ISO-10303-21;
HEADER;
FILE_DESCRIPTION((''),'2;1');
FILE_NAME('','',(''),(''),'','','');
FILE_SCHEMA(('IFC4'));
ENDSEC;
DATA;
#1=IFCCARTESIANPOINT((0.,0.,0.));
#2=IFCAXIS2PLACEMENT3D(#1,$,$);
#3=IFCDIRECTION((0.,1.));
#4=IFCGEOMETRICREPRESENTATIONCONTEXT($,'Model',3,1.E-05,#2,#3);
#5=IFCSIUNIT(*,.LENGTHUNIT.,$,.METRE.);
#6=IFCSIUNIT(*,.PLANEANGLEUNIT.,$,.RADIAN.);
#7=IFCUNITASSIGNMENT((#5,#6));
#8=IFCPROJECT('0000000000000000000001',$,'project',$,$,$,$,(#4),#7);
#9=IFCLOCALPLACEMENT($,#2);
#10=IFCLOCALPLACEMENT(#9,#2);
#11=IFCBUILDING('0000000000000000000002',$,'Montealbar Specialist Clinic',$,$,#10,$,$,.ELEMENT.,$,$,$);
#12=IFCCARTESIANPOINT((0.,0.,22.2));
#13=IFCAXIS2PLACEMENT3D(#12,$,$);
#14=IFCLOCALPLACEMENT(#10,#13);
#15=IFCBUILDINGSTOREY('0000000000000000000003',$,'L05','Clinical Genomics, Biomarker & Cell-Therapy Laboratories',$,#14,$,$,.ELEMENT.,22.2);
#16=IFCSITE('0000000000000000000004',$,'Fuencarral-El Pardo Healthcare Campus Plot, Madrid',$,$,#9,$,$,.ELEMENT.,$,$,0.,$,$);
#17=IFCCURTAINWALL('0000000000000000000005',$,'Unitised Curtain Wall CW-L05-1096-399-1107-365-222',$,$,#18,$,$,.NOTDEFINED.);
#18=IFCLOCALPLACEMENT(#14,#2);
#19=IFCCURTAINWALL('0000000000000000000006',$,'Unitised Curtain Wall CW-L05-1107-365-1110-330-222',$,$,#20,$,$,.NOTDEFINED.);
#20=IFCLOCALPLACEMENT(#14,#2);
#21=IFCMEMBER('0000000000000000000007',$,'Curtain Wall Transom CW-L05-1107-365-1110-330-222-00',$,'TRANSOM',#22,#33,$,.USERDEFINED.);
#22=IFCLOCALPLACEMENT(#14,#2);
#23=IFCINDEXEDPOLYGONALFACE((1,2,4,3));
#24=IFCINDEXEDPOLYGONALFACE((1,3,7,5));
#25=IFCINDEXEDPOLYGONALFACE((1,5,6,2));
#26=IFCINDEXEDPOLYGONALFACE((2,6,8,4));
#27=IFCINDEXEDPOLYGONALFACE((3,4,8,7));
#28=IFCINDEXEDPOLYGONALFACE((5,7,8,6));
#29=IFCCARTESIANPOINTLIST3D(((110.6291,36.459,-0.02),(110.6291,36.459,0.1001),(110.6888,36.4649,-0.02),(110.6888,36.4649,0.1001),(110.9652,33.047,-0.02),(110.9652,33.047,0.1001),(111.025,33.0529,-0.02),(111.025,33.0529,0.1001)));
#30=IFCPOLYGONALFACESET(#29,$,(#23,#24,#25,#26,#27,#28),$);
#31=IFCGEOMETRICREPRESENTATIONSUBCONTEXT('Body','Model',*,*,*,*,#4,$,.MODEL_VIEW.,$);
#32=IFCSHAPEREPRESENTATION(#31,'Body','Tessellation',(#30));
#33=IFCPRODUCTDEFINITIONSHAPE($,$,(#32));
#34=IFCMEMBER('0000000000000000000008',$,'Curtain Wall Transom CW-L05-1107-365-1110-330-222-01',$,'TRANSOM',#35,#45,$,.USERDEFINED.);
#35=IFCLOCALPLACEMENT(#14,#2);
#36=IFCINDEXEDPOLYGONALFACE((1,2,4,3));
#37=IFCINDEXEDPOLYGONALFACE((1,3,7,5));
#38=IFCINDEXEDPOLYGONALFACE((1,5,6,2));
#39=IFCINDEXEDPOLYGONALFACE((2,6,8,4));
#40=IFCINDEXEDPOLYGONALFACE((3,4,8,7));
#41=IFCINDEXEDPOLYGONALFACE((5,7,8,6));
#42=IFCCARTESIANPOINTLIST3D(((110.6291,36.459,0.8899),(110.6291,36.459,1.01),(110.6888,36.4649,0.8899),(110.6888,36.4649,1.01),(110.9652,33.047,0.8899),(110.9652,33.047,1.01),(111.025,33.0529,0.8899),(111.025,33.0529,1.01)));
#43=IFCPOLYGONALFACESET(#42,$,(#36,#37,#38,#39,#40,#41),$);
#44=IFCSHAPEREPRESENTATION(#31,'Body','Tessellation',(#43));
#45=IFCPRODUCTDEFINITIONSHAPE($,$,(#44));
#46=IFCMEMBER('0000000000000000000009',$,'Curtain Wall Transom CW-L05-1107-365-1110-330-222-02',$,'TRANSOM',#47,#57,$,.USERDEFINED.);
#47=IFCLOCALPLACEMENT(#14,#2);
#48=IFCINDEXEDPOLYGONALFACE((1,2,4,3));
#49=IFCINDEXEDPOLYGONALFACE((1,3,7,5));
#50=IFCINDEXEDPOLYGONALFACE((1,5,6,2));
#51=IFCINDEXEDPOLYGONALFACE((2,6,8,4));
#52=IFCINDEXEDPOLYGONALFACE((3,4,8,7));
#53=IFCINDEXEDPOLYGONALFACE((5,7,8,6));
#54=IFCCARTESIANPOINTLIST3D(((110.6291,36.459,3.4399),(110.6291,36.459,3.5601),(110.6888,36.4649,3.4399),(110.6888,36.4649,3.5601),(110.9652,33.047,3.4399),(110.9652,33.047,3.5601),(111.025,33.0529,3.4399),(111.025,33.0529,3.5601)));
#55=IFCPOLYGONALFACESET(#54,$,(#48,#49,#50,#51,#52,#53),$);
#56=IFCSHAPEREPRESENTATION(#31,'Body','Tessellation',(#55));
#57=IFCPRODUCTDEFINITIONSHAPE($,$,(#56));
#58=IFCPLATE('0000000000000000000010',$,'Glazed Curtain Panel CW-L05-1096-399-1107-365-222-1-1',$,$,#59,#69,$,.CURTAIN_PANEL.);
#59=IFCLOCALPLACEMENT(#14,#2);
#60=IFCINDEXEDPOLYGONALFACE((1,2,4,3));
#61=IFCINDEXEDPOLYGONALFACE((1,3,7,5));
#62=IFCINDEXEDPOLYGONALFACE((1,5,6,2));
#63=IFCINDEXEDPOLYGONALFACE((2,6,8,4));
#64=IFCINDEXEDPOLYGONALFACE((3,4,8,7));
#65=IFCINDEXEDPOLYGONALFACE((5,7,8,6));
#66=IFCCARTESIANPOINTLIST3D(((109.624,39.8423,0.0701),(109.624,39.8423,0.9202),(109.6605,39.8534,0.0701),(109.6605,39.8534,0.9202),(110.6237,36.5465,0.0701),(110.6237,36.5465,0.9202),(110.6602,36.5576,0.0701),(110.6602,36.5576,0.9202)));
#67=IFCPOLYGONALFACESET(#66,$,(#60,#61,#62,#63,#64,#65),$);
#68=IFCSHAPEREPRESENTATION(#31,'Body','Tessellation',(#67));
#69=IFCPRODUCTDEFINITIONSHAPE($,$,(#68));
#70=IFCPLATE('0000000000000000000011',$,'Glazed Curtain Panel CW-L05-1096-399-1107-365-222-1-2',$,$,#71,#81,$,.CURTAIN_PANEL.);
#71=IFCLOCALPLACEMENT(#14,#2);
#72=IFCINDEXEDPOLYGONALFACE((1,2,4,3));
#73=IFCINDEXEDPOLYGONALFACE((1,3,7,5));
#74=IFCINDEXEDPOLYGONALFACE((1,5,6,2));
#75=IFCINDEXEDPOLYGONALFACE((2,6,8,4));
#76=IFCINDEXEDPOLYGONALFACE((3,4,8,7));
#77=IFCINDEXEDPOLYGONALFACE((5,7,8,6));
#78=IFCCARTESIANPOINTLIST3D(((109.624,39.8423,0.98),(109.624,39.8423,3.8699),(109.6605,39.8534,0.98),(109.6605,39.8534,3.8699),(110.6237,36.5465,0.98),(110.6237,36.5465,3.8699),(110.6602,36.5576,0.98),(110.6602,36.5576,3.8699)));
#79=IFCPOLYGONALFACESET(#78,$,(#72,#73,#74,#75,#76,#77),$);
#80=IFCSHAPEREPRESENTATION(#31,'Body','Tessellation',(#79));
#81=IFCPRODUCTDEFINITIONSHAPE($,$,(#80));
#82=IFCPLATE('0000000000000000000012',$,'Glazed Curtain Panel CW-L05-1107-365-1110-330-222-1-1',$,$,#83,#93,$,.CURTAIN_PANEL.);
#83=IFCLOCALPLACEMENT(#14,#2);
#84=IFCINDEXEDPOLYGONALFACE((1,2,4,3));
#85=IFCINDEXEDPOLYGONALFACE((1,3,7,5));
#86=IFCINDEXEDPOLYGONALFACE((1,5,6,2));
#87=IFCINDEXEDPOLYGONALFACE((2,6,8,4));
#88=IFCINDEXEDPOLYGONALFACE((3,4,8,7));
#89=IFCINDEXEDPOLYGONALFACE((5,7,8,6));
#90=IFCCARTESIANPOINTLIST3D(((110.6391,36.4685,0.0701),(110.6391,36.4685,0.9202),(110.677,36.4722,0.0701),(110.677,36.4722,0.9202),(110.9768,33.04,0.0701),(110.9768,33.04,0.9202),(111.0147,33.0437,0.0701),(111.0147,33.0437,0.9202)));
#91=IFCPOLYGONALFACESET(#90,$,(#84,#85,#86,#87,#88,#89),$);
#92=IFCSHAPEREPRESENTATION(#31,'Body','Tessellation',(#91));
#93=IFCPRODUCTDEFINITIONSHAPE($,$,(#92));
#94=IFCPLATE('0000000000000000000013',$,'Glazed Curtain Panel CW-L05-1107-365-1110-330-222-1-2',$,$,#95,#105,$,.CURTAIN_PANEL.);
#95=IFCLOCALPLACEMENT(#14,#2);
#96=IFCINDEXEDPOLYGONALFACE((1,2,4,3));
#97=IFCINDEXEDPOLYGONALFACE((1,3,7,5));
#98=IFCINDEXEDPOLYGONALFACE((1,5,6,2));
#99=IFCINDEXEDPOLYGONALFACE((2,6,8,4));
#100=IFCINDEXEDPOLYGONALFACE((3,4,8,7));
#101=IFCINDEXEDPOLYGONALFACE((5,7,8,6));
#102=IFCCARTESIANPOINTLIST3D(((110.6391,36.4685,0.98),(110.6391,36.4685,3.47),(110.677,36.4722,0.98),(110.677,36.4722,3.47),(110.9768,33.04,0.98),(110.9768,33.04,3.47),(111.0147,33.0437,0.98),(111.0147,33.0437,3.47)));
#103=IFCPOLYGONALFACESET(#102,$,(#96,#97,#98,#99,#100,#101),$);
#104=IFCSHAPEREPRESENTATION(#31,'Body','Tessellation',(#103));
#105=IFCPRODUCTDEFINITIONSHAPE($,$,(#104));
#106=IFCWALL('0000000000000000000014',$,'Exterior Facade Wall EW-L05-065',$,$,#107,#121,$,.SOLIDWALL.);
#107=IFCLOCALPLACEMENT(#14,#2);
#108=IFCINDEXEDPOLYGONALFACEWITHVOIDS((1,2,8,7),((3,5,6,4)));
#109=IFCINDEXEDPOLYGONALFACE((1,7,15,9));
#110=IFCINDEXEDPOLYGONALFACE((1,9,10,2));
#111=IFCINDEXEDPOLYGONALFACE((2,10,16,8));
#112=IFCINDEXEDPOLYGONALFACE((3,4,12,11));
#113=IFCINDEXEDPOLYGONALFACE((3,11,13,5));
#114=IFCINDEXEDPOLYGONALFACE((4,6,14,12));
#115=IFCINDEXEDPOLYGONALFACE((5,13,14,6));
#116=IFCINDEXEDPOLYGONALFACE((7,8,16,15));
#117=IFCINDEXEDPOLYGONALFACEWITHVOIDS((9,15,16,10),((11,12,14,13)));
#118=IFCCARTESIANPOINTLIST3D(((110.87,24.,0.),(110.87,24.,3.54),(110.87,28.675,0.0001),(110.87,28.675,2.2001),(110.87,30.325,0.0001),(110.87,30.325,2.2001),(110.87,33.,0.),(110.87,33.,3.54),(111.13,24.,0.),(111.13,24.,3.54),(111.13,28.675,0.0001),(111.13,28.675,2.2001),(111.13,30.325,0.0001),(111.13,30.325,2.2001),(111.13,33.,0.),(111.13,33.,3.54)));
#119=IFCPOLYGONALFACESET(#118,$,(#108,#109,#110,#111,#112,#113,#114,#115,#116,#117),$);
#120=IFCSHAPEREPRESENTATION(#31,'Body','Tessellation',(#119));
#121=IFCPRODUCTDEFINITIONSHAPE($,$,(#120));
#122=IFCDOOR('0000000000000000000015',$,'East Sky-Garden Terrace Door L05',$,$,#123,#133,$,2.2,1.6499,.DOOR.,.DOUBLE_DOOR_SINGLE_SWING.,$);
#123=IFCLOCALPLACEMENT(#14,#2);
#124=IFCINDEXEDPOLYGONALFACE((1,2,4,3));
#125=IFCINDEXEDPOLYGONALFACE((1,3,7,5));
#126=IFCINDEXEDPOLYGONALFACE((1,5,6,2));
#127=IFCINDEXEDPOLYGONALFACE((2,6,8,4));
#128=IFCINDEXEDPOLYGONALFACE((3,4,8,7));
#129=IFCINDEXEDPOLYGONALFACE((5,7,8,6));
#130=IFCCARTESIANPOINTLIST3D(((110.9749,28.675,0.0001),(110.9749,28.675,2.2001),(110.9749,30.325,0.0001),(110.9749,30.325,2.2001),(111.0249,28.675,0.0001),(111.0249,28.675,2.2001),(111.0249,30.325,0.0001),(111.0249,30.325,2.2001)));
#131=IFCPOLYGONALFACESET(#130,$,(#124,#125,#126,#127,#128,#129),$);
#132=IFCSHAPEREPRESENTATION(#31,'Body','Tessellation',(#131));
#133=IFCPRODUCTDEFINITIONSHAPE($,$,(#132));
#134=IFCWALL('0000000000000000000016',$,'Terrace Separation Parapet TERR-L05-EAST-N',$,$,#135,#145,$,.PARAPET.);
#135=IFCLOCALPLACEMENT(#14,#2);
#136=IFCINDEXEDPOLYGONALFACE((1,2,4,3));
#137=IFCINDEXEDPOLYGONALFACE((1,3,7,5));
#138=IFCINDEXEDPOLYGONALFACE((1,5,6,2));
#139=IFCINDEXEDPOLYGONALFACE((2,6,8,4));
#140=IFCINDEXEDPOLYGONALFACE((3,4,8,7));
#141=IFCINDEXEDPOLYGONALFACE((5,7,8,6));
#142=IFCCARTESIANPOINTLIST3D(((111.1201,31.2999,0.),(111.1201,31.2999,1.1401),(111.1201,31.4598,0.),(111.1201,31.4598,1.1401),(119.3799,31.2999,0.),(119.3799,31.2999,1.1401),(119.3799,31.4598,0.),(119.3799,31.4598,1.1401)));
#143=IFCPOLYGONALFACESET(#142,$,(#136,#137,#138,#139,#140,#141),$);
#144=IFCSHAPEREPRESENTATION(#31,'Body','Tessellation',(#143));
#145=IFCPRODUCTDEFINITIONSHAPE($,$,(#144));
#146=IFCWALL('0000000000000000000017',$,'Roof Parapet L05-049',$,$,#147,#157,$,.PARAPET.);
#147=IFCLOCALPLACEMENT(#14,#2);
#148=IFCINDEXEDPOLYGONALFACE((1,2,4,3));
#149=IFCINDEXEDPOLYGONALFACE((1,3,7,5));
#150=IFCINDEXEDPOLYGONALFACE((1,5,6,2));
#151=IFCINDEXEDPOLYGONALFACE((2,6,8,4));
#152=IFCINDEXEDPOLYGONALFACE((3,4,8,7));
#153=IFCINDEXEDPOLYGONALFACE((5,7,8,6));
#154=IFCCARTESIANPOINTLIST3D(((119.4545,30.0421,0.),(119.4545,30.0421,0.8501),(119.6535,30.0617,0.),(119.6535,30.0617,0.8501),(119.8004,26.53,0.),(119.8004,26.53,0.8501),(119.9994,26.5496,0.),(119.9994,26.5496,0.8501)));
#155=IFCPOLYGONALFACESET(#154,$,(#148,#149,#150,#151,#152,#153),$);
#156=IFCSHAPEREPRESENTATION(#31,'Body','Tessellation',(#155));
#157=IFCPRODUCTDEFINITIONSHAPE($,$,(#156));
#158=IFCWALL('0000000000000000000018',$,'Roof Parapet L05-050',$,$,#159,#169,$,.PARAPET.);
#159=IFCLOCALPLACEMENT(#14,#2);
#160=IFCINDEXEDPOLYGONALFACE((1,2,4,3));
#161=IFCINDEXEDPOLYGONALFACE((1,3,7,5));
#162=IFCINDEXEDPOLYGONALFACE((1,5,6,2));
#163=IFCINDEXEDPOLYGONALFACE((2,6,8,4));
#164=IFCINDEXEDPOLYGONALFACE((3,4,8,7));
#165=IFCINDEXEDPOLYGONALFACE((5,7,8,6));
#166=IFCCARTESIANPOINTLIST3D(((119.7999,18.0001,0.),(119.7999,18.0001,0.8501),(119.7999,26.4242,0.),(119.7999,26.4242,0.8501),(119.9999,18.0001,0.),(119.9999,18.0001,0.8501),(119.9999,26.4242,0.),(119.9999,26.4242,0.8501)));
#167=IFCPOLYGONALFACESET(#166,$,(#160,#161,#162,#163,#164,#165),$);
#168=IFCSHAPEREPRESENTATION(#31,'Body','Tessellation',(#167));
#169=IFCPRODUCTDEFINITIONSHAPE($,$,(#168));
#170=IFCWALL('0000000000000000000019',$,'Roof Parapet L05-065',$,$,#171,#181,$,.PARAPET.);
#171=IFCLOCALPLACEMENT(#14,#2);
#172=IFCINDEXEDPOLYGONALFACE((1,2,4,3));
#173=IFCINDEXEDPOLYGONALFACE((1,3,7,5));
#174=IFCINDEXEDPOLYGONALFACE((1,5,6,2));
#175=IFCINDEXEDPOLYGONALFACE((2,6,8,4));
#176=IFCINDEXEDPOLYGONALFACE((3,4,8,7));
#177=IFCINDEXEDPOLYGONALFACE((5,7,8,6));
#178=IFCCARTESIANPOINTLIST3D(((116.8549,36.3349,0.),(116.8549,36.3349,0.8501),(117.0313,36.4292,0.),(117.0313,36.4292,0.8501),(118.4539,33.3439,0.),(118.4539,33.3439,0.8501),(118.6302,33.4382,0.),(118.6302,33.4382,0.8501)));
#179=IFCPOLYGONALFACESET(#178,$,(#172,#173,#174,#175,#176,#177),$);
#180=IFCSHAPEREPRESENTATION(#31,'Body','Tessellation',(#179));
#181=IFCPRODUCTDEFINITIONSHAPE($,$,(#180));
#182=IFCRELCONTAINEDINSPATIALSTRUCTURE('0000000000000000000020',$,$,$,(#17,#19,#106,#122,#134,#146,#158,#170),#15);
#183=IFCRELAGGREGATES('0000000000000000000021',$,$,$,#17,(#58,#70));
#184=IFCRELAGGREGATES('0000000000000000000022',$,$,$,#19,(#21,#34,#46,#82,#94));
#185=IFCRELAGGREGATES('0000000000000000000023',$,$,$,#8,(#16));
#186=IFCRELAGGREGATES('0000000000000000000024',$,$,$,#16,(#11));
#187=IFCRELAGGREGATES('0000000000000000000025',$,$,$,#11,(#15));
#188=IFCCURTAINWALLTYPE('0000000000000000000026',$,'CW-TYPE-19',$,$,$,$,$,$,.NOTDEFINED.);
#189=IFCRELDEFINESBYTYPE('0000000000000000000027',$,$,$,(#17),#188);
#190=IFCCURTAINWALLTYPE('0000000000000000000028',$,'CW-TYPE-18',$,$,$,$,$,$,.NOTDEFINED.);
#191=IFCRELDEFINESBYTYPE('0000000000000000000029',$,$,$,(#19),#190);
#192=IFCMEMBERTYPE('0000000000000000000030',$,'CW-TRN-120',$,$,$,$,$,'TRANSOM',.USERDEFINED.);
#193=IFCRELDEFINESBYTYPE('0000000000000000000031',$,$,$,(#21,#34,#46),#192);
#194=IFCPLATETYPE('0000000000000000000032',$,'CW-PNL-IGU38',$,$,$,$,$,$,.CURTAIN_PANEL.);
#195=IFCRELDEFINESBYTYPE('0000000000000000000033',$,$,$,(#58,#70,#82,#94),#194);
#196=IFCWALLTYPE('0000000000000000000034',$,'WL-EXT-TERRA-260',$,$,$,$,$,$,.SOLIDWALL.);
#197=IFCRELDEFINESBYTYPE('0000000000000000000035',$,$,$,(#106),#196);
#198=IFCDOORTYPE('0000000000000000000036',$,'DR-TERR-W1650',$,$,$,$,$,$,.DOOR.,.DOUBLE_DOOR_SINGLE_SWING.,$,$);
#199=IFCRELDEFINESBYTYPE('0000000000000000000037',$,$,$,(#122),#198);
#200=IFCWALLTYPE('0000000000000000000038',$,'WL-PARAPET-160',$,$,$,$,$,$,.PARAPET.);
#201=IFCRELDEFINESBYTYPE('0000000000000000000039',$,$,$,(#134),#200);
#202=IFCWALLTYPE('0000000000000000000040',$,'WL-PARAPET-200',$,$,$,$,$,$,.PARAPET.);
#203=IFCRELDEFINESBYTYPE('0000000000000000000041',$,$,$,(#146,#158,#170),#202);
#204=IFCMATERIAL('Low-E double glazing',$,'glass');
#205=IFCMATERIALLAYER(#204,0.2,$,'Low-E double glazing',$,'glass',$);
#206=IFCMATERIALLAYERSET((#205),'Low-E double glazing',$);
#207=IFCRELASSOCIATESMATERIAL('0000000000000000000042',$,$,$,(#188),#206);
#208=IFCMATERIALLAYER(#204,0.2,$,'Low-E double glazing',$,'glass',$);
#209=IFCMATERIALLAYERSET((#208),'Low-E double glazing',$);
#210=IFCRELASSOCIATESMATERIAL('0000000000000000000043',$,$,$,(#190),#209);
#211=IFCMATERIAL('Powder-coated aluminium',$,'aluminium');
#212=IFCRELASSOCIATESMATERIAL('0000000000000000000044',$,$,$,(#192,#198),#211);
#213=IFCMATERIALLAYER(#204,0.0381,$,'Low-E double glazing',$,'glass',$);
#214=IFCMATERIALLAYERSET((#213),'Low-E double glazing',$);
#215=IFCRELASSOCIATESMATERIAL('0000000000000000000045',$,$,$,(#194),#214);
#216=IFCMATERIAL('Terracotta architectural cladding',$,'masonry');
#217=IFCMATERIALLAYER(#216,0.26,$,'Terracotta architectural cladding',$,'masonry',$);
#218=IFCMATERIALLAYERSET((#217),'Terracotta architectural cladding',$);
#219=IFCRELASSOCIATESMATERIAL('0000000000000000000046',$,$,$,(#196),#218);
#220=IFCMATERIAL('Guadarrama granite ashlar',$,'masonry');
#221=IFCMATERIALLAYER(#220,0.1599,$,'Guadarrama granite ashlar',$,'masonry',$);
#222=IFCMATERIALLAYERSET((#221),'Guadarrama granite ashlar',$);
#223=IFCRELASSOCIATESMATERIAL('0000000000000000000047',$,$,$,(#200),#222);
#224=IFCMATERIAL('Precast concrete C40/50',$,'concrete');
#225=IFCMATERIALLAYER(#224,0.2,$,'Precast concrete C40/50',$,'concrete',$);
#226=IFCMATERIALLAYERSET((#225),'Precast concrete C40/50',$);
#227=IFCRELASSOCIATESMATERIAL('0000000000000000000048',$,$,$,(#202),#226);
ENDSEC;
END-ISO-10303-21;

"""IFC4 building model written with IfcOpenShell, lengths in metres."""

from ifc_helpers import new_model, si_unit, direction, frame, frame_2d, origin, origin_2d, place, context, subcontext, project, spatial, rectangle, extrude, material, layer, layer_set, material_profile, profile_set, type_object, element, fill, aggregate, save


model = new_model("IFC4")

# Units and contexts
model_context = context("Model", 3, precision=1e-05, world=origin(), true_north=direction((0.0, 1.0)))
body_context = subcontext(model_context, "Body", "Model", "MODEL_VIEW")
ifc_project = project(units=[si_unit("LENGTHUNIT", "METRE"), si_unit("PLANEANGLEUNIT", "RADIAN")], contexts=[model_context])

# Site, building, storey
site_placement = place(None, origin())
site = spatial("IfcSite", under=ifc_project, at=site_placement, Name="Fuencarral-El Pardo Healthcare Campus Plot, Madrid", CompositionType="ELEMENT", RefElevation=0.0)
building_placement = place(site_placement, origin())
building = spatial("IfcBuilding", under=site, at=building_placement, Name="Montealbar Specialist Clinic", CompositionType="ELEMENT")
storey_placement = place(building_placement, frame((0.0, 0.0, 22.2)))
storey = spatial("IfcBuildingStorey", under=building, at=storey_placement, Name="L05", Description="Clinical Genomics, Biomarker & Cell-Therapy Laboratories", CompositionType="ELEMENT", Elevation=22.2)

# Curtain wall
ifc_material_1 = material(Name="Low-E double glazing", Category="glass")
ifc_layer_1 = layer(ifc_material_1, 0.2, Name="Low-E double glazing", Category="glass")
ifc_layer_set_1 = layer_set([ifc_layer_1], Name="Low-E double glazing")
curtain_wall_type_1 = type_object("IfcCurtainWallType", Name="CW-TYPE-19", PredefinedType="NOTDEFINED", material=ifc_layer_set_1)
curtain_wall_1_placement = place(storey_placement, origin())
curtain_wall_1 = element("IfcCurtainWall", 1, at=curtain_wall_1_placement, inside=storey, type_object=curtain_wall_type_1, Name="Unitised Curtain Wall CW-L05-1096-399-1107-365-222", PredefinedType="NOTDEFINED")

# Curtain wall, members
ifc_layer_2 = layer(ifc_material_1, 0.2, Name="Low-E double glazing", Category="glass")
ifc_layer_set_2 = layer_set([ifc_layer_2], Name="Low-E double glazing")
curtain_wall_type_2 = type_object("IfcCurtainWallType", Name="CW-TYPE-18", PredefinedType="NOTDEFINED", material=ifc_layer_set_2)
curtain_wall_2_placement = place(storey_placement, origin())
curtain_wall_2 = element("IfcCurtainWall", 2, at=curtain_wall_2_placement, inside=storey, type_object=curtain_wall_type_2, Name="Unitised Curtain Wall CW-L05-1107-365-1110-330-222", PredefinedType="NOTDEFINED")
ifc_material_2 = material(Name="Powder-coated aluminium", Category="aluminium")
ifc_material_profile_1 = material_profile(ifc_material_2, rectangle(XDim=0.0601, YDim=0.1201, at=origin_2d()), Name="ALU 60x120", Category="aluminium")
ifc_profile_set_1 = profile_set([ifc_material_profile_1], Name="Powder-coated aluminium")
member_type_1 = type_object("IfcMemberType", Name="CW-TRN-120", ElementType="TRANSOM", PredefinedType="USERDEFINED", material=ifc_profile_set_1)
member_1_placement = place(storey_placement, frame((110.6589, 36.4619, 0.04), z_axis=(0.098058, -0.995181, 0.0), x_axis=(0.995181, 0.098058, 0.0)))
member_1 = element("IfcMember", 3, at=member_1_placement, type_object=member_type_1, Name="Curtain Wall Transom CW-L05-1107-365-1110-330-222-00", ObjectType="TRANSOM", PredefinedType="USERDEFINED", context=body_context, shape_type="SweptSolid", body=[
    extrude(rectangle(XDim=0.0601, YDim=0.1201, at=origin_2d()), origin(), (0.0, 0.0, 1.0), 3.4285),
])
member_2_placement = place(storey_placement, frame((110.6589, 36.4619, 0.95), z_axis=(0.098058, -0.995181, 0.0), x_axis=(0.995181, 0.098058, 0.0)))
member_2 = element("IfcMember", 4, at=member_2_placement, type_object=member_type_1, Name="Curtain Wall Transom CW-L05-1107-365-1110-330-222-01", ObjectType="TRANSOM", PredefinedType="USERDEFINED", context=body_context, shape_type="SweptSolid", body=[
    extrude(rectangle(XDim=0.0601, YDim=0.1201, at=origin_2d()), origin(), (0.0, 0.0, 1.0), 3.4285),
])
member_3_placement = place(storey_placement, frame((110.6589, 36.4619, 3.5), z_axis=(0.098058, -0.995181, 0.0), x_axis=(0.995181, 0.098058, 0.0)))
member_3 = element("IfcMember", 5, at=member_3_placement, type_object=member_type_1, Name="Curtain Wall Transom CW-L05-1107-365-1110-330-222-02", ObjectType="TRANSOM", PredefinedType="USERDEFINED", context=body_context, shape_type="SweptSolid", body=[
    extrude(rectangle(XDim=0.0601, YDim=0.1201, at=origin_2d()), origin(), (0.0, 0.0, 1.0), 3.4285),
])

# Plates
ifc_layer_3 = layer(ifc_material_1, 0.0381, Name="Low-E double glazing", Category="glass")
ifc_layer_set_3 = layer_set([ifc_layer_3], Name="Low-E double glazing")
plate_type = type_object("IfcPlateType", Name="CW-PNL-IGU38", PredefinedType="CURTAIN_PANEL", material=ifc_layer_set_3)
plate_1_placement = place(storey_placement, frame((110.1421, 38.2, 0.0701), z_axis=(0.0, 0.0, 1.0), x_axis=(0.290259, -0.956948, 0.0)))
plate_1 = element("IfcPlate", 6, at=plate_1_placement, type_object=plate_type, Name="Glazed Curtain Panel CW-L05-1096-399-1107-365-222-1-1", PredefinedType="CURTAIN_PANEL", context=body_context, shape_type="SweptSolid", body=[
    extrude(rectangle(XDim=3.4441, YDim=0.0381, at=origin_2d()), origin(), (0.0, 0.0, 1.0), 0.8501),
])
plate_2_placement = place(storey_placement, frame((110.1421, 38.2, 0.98), z_axis=(0.0, 0.0, 1.0), x_axis=(0.290259, -0.956948, 0.0)))
plate_2 = element("IfcPlate", 7, at=plate_2_placement, type_object=plate_type, Name="Glazed Curtain Panel CW-L05-1096-399-1107-365-222-1-2", PredefinedType="CURTAIN_PANEL", context=body_context, shape_type="SweptSolid", body=[
    extrude(rectangle(XDim=3.4441, YDim=0.0381, at=origin_2d()), origin(), (0.0, 0.0, 1.0), 2.8899),
])
aggregate(curtain_wall_1, [plate_1, plate_2])
plate_3_placement = place(storey_placement, frame((110.8269, 34.7561, 0.0701), z_axis=(0.0, 0.0, 1.0), x_axis=(0.098045, -0.995182, 0.0)))
plate_3 = element("IfcPlate", 8, at=plate_3_placement, type_object=plate_type, Name="Glazed Curtain Panel CW-L05-1107-365-1110-330-222-1-1", PredefinedType="CURTAIN_PANEL", context=body_context, shape_type="SweptSolid", body=[
    extrude(rectangle(XDim=3.4451, YDim=0.0381, at=origin_2d()), origin(), (0.0, 0.0, 1.0), 0.8501),
])
plate_4_placement = place(storey_placement, frame((110.8269, 34.7561, 0.98), z_axis=(0.0, 0.0, 1.0), x_axis=(0.098045, -0.995182, 0.0)))
plate_4 = element("IfcPlate", 9, at=plate_4_placement, type_object=plate_type, Name="Glazed Curtain Panel CW-L05-1107-365-1110-330-222-1-2", PredefinedType="CURTAIN_PANEL", context=body_context, shape_type="SweptSolid", body=[
    extrude(rectangle(XDim=3.4451, YDim=0.0381, at=origin_2d()), origin(), (0.0, 0.0, 1.0), 2.49),
])
aggregate(curtain_wall_2, [member_1, member_2, member_3, plate_3, plate_4])

# Wall, opening, door
ifc_material_3 = material(Name="Terracotta architectural cladding", Category="masonry")
ifc_layer_4 = layer(ifc_material_3, 0.26, Name="Terracotta architectural cladding", Category="masonry")
ifc_layer_set_4 = layer_set([ifc_layer_4], Name="Terracotta architectural cladding")
wall_type_1 = type_object("IfcWallType", Name="WL-EXT-TERRA-260", PredefinedType="SOLIDWALL", material=ifc_layer_set_4)
wall_1_placement = place(storey_placement, frame((111.0, 33.0, 0.0), z_axis=(0.0, 0.0, 1.0), x_axis=(0.0, -1.0, 0.0)))
wall_1 = element("IfcWall", 10, at=wall_1_placement, inside=storey, type_object=wall_type_1, Name="Exterior Facade Wall EW-L05-065", PredefinedType="SOLIDWALL", context=body_context, shape_type="SweptSolid", body=[
    extrude(rectangle(XDim=9.0, YDim=0.26, at=frame_2d((4.5, 0.0))), origin(), (0.0, 0.0, 1.0), 3.54),
])
opening_placement = place(wall_1_placement, frame((2.675, 0.0, 0.0)))
opening = element("IfcOpeningElement", 11, at=opening_placement, cuts=wall_1, PredefinedType="OPENING", context=body_context, shape_type="SweptSolid", body=[
    extrude(rectangle(XDim=1.6499, YDim=2.2, at=frame_2d((0.825, 1.1001))), frame((0.0, 0.1399, 0.0), z_axis=(0.0, -1.0, 0.0), x_axis=(1.0, 0.0, 0.0)), (0.0, 0.0, 1.0), 0.28),
])
door_type = type_object("IfcDoorType", Name="DR-TERR-W1650", OperationType="DOUBLE_DOOR_SINGLE_SWING", PredefinedType="DOOR", material=ifc_material_2)
door_placement = place(opening_placement, origin())
door = element("IfcDoor", 12, at=door_placement, inside=storey, type_object=door_type, Name="East Sky-Garden Terrace Door L05", OperationType="DOUBLE_DOOR_SINGLE_SWING", OverallHeight=2.2, OverallWidth=1.6499, PredefinedType="DOOR", context=body_context, shape_type="SweptSolid", body=[
    extrude(rectangle(XDim=1.6499, YDim=2.2, at=frame_2d((0.825, 1.1001))), frame((0.0, 0.0249, 0.0), z_axis=(0.0, -1.0, 0.0), x_axis=(1.0, 0.0, 0.0)), (0.0, 0.0, 1.0), 0.05),
])
fill(opening, door)

# Walls
ifc_material_4 = material(Name="Guadarrama granite ashlar", Category="masonry")
ifc_layer_5 = layer(ifc_material_4, 0.1599, Name="Guadarrama granite ashlar", Category="masonry")
ifc_layer_set_5 = layer_set([ifc_layer_5], Name="Guadarrama granite ashlar")
wall_type_2 = type_object("IfcWallType", Name="WL-PARAPET-160", PredefinedType="PARAPET", material=ifc_layer_set_5)
wall_2_placement = place(storey_placement, frame((111.1201, 31.3799, 0.0), z_axis=(0.0, 0.0, 1.0), x_axis=(1.0, 0.0, 0.0)))
element("IfcWall", 13, at=wall_2_placement, inside=storey, type_object=wall_type_2, Name="Terrace Separation Parapet TERR-L05-EAST-N", PredefinedType="PARAPET", context=body_context, shape_type="SweptSolid", body=[
    extrude(rectangle(XDim=8.2598, YDim=0.1599, at=frame_2d((4.1299, 0.0))), origin(), (0.0, 0.0, 1.0), 1.1401),
])
ifc_material_5 = material(Name="Precast concrete C40/50", Category="concrete")
ifc_layer_6 = layer(ifc_material_5, 0.2, Name="Precast concrete C40/50", Category="concrete")
ifc_layer_set_6 = layer_set([ifc_layer_6], Name="Precast concrete C40/50")
wall_type_3 = type_object("IfcWallType", Name="WL-PARAPET-200", PredefinedType="PARAPET", material=ifc_layer_set_6)
wall_3_placement = place(storey_placement, frame((119.554, 30.052, 0.0), z_axis=(0.0, 0.0, 1.0), x_axis=(0.098031, -0.995183, 0.0)))
element("IfcWall", 14, at=wall_3_placement, inside=storey, type_object=wall_type_3, Name="Roof Parapet L05-049", PredefinedType="PARAPET", context=body_context, shape_type="SweptSolid", body=[
    extrude(rectangle(XDim=3.5291, YDim=0.2, at=frame_2d((1.7646, 0.0))), origin(), (0.0, 0.0, 1.0), 0.8501),
])
wall_4_placement = place(storey_placement, frame((119.8999, 26.4241, 0.0), z_axis=(0.0, 0.0, 1.0), x_axis=(0.0, -1.0, 0.0)))
element("IfcWall", 15, at=wall_4_placement, inside=storey, type_object=wall_type_3, Name="Roof Parapet L05-050", PredefinedType="PARAPET", context=body_context, shape_type="SweptSolid", body=[
    extrude(rectangle(XDim=8.4241, YDim=0.2, at=frame_2d((4.2119, 0.0))), origin(), (0.0, 0.0, 1.0), 0.8501),
])
wall_5_placement = place(storey_placement, frame((116.9431, 36.3821, 0.0), z_axis=(0.0, 0.0, 1.0), x_axis=(0.471436, -0.8819, 0.0)))
element("IfcWall", 16, at=wall_5_placement, inside=storey, type_object=wall_type_3, Name="Roof Parapet L05-065", PredefinedType="PARAPET", context=body_context, shape_type="SweptSolid", body=[
    extrude(rectangle(XDim=3.3916, YDim=0.2, at=frame_2d((1.6958, 0.0))), origin(), (0.0, 0.0, 1.0), 0.8501),
])

save(model, "model.ifc")
